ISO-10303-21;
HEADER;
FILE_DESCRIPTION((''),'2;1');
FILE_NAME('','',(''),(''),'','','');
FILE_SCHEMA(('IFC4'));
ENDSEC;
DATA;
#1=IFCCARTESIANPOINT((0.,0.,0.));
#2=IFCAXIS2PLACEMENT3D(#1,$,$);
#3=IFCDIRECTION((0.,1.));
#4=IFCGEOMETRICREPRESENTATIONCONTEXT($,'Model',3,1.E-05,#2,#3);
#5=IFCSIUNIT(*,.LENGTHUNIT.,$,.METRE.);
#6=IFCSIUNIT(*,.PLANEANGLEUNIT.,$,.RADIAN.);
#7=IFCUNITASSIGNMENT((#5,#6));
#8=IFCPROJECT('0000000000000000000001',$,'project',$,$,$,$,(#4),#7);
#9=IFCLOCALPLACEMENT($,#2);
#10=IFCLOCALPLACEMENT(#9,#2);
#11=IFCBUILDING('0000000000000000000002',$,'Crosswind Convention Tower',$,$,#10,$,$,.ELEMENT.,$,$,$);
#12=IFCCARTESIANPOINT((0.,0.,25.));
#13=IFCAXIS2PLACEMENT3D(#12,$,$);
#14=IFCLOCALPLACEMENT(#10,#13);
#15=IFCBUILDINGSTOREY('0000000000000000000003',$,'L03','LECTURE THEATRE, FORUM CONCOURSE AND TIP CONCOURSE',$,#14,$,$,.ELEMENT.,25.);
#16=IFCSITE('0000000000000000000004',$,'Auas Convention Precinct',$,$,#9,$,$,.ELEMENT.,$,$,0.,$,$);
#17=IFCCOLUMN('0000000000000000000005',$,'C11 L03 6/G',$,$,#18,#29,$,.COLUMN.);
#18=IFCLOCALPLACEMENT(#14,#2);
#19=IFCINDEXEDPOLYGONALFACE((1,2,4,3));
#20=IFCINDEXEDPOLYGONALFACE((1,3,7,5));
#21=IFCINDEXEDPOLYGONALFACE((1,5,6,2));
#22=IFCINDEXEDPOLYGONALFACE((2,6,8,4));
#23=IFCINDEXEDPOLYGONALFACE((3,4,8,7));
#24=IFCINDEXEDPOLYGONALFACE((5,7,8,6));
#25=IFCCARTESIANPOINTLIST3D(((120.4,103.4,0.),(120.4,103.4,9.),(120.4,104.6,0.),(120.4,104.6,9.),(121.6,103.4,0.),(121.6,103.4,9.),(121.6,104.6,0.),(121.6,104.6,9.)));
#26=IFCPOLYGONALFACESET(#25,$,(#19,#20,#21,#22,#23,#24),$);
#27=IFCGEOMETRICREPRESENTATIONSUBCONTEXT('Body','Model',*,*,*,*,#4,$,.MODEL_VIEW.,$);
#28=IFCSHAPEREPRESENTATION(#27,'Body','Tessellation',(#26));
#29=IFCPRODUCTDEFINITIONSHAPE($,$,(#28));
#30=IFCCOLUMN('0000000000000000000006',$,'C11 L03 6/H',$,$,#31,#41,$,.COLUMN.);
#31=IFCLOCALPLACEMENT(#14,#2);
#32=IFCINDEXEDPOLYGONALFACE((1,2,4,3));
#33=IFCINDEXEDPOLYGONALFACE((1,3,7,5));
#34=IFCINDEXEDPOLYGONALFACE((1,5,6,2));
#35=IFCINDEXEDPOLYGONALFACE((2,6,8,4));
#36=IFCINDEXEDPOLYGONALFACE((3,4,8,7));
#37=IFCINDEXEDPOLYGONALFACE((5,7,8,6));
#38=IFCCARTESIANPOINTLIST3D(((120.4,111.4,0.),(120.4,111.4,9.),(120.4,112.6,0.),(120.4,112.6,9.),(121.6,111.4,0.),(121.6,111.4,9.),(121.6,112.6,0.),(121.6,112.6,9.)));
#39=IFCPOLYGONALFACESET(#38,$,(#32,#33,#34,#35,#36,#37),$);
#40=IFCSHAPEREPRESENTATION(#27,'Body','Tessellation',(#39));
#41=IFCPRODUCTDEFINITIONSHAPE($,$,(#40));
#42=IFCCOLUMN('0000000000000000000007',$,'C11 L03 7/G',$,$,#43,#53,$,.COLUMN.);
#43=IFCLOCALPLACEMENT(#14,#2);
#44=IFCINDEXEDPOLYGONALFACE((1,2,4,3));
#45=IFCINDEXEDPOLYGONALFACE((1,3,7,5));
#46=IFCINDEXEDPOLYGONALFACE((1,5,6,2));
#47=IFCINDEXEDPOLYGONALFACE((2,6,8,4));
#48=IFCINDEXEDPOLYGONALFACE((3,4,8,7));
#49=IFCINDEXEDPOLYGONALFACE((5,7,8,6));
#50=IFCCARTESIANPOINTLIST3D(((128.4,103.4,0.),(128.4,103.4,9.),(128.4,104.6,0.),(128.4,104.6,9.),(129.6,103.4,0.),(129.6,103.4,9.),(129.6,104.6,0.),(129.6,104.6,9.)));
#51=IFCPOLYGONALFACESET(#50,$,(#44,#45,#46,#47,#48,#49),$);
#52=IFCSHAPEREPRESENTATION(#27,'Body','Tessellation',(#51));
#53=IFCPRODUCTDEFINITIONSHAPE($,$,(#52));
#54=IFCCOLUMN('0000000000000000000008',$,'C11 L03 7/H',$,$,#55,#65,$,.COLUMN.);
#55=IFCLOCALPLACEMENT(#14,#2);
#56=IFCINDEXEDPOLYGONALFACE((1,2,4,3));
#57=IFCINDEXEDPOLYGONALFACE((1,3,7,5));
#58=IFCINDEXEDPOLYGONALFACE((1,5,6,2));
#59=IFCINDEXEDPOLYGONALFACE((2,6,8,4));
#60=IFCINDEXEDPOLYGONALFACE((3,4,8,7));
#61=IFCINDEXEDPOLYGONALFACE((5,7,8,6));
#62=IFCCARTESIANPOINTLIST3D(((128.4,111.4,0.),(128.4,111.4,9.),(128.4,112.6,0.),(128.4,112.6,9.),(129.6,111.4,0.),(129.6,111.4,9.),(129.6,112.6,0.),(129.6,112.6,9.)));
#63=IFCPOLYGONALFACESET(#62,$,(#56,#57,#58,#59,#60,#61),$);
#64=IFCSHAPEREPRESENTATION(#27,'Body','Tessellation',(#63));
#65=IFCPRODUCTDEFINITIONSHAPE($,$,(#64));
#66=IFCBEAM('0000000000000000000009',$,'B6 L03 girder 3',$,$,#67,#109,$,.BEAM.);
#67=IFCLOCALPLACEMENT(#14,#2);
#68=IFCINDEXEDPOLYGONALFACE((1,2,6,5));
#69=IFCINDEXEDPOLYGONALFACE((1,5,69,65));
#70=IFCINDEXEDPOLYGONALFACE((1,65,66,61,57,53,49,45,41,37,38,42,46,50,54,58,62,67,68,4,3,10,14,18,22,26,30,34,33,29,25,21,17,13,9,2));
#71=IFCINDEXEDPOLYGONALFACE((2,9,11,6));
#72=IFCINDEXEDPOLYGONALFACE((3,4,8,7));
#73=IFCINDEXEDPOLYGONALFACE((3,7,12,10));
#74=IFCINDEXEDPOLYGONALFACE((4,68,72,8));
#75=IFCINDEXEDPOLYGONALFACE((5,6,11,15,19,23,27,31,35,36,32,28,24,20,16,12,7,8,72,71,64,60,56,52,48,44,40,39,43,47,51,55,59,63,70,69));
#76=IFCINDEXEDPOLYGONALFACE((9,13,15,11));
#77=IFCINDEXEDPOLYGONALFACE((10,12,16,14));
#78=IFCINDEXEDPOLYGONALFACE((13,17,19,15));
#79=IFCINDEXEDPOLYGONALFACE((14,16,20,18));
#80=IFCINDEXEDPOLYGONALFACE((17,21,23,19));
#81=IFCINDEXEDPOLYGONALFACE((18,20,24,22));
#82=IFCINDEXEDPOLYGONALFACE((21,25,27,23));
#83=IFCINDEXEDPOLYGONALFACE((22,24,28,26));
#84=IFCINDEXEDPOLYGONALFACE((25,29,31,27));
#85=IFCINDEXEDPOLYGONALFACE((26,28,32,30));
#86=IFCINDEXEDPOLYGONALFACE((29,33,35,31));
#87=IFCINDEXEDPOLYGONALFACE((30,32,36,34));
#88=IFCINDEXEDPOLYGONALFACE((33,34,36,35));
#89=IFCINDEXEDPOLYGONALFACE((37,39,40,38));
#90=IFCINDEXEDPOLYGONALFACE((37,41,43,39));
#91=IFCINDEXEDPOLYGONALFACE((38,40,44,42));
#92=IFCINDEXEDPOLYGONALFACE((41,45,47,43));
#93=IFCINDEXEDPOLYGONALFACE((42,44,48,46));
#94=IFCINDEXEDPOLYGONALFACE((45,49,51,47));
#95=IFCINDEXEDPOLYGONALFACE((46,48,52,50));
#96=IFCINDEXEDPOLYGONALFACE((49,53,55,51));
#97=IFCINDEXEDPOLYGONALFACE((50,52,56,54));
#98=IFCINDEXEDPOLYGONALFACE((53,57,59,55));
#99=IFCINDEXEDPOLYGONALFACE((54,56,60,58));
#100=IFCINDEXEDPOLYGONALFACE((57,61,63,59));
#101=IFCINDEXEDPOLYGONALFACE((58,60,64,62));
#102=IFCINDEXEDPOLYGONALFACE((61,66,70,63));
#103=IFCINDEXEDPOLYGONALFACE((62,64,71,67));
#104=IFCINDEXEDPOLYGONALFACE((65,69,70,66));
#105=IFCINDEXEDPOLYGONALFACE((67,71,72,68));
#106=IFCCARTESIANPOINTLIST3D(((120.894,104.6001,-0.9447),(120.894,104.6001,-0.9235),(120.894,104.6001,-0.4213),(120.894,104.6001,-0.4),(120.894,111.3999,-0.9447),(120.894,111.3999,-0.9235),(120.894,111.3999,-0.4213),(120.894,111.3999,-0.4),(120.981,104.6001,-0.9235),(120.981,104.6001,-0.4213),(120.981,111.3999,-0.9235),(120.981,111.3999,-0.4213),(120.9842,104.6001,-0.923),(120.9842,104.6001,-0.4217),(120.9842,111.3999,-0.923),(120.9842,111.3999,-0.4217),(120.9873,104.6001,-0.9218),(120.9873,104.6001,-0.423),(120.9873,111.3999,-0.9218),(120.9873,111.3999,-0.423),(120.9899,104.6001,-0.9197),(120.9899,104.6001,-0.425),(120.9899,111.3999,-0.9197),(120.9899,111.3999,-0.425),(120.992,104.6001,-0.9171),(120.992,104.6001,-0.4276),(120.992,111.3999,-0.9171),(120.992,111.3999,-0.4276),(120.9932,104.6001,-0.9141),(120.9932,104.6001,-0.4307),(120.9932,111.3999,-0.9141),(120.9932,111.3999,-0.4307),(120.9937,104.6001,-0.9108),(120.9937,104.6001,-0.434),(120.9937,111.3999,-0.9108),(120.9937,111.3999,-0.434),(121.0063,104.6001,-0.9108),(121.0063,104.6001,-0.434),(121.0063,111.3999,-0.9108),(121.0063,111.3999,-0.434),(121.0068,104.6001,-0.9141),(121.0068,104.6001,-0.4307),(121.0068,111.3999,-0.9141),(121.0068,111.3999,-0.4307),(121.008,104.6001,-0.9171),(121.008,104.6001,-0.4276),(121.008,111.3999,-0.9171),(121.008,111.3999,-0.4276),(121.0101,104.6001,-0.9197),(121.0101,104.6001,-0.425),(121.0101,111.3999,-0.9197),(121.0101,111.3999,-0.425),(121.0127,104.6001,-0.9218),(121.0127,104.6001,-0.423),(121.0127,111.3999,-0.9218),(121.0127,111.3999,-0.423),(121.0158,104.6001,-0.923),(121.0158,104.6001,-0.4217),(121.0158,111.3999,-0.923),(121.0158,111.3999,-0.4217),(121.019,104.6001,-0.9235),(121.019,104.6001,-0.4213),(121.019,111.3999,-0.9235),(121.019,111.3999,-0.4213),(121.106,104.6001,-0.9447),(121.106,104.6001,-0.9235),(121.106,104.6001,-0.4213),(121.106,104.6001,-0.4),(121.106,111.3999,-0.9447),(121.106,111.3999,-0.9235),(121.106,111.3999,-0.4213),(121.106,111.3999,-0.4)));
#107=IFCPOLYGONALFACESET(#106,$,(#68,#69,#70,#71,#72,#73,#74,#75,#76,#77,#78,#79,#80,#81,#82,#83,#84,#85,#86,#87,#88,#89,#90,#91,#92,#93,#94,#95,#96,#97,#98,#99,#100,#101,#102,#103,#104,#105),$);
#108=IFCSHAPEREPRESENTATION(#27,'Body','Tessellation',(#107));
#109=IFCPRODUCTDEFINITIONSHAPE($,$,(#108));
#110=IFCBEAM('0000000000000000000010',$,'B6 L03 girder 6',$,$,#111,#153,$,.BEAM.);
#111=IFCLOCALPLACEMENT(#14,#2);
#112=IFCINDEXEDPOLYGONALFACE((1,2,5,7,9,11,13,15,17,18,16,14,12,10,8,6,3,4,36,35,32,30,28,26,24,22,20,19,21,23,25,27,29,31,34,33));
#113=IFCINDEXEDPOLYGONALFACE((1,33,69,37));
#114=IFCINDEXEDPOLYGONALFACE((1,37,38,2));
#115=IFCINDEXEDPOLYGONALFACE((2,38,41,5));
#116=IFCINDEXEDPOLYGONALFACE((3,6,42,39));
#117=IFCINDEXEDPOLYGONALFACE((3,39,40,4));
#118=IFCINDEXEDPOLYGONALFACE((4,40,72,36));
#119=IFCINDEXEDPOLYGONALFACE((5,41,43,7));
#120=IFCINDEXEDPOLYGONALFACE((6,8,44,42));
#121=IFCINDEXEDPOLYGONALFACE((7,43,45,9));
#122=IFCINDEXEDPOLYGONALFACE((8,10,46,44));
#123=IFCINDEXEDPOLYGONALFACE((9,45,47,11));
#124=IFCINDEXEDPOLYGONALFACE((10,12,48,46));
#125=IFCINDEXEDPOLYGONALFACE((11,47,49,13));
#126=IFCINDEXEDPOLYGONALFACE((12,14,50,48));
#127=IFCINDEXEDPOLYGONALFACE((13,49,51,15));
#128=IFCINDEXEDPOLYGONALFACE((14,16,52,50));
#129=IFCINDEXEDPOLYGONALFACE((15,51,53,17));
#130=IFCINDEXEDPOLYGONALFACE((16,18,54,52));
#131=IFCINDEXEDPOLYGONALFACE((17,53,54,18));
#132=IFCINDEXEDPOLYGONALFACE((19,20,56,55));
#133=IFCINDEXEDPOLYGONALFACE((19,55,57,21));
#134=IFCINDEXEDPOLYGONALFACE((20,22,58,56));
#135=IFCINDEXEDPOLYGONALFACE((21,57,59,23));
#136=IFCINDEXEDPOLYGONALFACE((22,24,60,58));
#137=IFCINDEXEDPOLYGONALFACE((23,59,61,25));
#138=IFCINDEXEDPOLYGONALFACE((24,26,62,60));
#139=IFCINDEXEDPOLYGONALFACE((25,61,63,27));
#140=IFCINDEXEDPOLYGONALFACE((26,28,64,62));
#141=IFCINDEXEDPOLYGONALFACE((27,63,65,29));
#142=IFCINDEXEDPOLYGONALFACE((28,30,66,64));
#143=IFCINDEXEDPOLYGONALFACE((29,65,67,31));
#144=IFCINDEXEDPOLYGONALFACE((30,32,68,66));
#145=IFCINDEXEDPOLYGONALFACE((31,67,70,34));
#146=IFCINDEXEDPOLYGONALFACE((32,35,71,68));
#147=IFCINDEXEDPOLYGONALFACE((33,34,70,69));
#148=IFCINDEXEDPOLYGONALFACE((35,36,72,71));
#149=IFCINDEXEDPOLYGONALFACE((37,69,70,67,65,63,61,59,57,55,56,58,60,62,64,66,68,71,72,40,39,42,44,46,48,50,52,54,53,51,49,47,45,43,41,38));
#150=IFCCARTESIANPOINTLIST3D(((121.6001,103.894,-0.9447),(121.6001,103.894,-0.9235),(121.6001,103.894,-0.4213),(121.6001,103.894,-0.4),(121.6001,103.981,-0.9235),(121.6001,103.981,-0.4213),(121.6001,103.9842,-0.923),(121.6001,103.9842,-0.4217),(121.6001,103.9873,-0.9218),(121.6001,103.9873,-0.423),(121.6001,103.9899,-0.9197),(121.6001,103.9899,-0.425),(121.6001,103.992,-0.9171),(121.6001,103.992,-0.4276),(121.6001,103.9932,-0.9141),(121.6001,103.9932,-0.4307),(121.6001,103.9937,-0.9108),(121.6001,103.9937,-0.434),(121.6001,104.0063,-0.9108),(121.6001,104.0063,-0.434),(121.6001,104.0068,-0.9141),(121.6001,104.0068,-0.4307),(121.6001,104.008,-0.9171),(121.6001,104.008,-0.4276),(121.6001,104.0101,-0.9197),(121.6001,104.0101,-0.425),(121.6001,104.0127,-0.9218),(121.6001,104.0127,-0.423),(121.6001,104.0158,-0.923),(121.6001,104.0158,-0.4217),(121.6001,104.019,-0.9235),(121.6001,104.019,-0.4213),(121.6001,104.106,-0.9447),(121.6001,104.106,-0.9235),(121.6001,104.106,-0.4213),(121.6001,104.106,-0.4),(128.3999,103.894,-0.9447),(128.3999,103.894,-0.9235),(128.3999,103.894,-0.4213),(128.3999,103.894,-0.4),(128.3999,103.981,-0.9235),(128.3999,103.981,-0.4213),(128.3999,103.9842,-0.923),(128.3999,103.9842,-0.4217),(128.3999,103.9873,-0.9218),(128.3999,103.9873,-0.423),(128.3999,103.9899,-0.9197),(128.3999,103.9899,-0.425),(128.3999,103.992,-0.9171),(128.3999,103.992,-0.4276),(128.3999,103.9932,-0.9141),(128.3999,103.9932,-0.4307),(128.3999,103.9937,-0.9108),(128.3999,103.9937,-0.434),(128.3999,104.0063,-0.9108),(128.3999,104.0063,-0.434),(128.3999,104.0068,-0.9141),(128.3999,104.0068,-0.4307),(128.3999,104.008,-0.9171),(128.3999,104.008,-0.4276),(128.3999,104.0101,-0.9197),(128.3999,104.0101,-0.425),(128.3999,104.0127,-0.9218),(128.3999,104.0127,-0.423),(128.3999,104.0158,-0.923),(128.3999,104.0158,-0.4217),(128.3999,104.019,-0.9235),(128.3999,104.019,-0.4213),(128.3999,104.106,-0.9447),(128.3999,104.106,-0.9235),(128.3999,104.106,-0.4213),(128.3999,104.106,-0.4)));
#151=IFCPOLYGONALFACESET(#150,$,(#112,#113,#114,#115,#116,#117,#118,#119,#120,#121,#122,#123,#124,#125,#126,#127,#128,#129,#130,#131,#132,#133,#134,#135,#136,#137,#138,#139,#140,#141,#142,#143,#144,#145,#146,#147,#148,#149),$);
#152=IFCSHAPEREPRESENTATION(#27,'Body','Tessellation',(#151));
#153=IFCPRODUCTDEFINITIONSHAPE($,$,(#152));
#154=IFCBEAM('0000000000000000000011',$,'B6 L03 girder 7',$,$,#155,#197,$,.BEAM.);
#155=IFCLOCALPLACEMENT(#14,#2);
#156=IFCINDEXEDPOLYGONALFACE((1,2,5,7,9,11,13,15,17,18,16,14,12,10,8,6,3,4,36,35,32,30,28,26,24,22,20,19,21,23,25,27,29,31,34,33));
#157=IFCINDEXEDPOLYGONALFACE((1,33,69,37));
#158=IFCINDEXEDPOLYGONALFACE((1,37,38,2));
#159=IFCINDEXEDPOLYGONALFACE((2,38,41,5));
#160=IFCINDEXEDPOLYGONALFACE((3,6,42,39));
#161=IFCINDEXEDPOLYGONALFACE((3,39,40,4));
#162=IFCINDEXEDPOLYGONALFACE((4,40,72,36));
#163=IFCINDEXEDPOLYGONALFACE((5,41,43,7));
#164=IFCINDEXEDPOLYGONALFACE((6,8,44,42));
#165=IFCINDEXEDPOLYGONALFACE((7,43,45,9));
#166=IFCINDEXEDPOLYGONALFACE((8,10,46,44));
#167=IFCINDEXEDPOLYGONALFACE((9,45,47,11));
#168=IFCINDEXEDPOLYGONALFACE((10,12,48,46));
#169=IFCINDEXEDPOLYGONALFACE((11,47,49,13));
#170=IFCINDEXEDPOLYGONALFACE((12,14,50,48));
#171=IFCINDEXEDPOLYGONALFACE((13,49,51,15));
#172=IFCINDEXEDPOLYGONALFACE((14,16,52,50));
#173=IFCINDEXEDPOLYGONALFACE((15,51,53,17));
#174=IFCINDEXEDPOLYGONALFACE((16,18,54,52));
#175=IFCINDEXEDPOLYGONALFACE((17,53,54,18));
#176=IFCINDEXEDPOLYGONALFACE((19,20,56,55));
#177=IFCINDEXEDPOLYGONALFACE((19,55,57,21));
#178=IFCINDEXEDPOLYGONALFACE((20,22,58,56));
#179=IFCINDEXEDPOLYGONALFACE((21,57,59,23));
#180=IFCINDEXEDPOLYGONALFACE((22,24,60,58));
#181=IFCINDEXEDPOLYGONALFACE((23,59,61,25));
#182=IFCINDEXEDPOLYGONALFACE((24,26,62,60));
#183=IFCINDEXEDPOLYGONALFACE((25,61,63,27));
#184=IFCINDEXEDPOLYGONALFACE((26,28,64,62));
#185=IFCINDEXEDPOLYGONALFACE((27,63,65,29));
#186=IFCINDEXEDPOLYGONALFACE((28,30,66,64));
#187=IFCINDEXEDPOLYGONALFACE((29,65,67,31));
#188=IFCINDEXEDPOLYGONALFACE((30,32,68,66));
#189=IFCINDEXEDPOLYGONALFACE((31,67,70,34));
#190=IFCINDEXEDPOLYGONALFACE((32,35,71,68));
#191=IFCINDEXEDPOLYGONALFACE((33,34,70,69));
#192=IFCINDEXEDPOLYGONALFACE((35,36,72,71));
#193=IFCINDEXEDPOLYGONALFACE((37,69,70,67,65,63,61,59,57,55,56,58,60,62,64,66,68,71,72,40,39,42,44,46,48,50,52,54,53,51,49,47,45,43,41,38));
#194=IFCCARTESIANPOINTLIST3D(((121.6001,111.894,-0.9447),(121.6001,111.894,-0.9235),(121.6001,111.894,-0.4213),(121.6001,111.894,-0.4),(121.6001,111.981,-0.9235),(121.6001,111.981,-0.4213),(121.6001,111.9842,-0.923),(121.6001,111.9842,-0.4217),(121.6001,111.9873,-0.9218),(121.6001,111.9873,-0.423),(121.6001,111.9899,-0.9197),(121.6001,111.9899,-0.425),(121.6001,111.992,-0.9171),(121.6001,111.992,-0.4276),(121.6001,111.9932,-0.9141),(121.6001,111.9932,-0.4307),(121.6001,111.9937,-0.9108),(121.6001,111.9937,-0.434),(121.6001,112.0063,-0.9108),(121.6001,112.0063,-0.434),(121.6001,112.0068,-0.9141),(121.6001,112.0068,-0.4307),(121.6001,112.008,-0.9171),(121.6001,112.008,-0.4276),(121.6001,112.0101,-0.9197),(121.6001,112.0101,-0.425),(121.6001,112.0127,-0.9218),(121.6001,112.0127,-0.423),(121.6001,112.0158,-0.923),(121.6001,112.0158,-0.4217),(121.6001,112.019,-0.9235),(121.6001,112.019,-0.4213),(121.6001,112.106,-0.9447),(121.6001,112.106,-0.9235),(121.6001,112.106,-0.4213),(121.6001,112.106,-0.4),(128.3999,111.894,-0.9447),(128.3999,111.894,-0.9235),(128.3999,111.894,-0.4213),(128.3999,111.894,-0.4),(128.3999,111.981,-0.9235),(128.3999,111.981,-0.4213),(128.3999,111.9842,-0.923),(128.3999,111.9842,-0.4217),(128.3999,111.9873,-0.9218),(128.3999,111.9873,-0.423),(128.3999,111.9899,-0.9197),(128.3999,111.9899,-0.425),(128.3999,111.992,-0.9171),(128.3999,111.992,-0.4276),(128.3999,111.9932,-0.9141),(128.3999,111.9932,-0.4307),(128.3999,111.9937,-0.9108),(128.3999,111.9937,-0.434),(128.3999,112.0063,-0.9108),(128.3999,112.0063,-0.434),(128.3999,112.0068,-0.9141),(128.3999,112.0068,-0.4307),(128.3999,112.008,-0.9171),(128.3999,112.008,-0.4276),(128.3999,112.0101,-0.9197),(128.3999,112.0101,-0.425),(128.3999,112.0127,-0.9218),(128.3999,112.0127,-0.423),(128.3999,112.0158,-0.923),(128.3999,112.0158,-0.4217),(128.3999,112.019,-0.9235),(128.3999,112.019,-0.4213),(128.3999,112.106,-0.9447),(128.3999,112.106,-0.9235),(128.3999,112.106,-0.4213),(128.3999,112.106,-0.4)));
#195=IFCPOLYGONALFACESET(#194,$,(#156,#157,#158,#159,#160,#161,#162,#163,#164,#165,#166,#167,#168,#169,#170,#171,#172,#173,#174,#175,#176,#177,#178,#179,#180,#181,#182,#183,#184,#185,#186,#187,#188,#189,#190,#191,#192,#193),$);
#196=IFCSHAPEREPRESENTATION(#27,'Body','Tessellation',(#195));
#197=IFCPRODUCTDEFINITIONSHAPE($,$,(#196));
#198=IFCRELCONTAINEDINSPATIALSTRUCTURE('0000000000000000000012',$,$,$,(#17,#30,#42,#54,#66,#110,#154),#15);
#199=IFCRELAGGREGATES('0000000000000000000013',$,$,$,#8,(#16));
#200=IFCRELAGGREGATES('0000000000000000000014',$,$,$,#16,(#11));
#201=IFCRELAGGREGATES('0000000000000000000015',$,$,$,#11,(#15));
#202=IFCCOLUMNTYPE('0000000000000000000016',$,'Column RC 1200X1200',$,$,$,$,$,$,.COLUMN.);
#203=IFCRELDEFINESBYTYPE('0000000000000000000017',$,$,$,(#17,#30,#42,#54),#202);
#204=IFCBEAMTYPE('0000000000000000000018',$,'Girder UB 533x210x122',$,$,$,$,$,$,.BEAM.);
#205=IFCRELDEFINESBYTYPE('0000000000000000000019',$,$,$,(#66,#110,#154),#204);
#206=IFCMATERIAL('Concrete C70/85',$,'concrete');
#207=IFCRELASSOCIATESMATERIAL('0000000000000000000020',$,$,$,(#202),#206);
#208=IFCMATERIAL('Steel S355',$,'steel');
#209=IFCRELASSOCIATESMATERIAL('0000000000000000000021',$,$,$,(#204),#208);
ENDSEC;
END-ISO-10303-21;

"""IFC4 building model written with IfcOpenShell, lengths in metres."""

from ifc_helpers import new_model, si_unit, direction, frame, origin, origin_2d, place, context, subcontext, project, spatial, rectangle, i_section, extrude, material, material_profile, profile_set, type_object, element, save


model = new_model("IFC4")

# Units and contexts
model_context = context("Model", 3, precision=1e-05, world=origin(), true_north=direction((0.0, 1.0)))
body_context = subcontext(model_context, "Body", "Model", "MODEL_VIEW")
ifc_project = project(units=[si_unit("LENGTHUNIT", "METRE"), si_unit("PLANEANGLEUNIT", "RADIAN")], contexts=[model_context])

# Site, building, storey
site_placement = place(None, origin())
site = spatial("IfcSite", under=ifc_project, at=site_placement, Name="Auas Convention Precinct", CompositionType="ELEMENT", RefElevation=0.0)
building_placement = place(site_placement, origin())
building = spatial("IfcBuilding", under=site, at=building_placement, Name="Crosswind Convention Tower", CompositionType="ELEMENT")
storey_placement = place(building_placement, frame((0.0, 0.0, 25.0)))
storey = spatial("IfcBuildingStorey", under=building, at=storey_placement, Name="L03", Description="LECTURE THEATRE, FORUM CONCOURSE AND TIP CONCOURSE", CompositionType="ELEMENT", Elevation=25.0)

# Columns
ifc_material_1 = material(Name="Concrete C70/85", Category="concrete")
ifc_material_profile_1 = material_profile(ifc_material_1, rectangle(XDim=1.2, YDim=1.2, at=origin_2d()), Name="RC 1200X1200")
ifc_profile_set_1 = profile_set([ifc_material_profile_1], Name="Concrete C70/85")
column_type = type_object("IfcColumnType", Name="Column RC 1200X1200", PredefinedType="COLUMN", material=ifc_profile_set_1)
for number, where, z_axis, x_axis, name in (
    (1, (121.0, 104.0, 0.0), (0.0, 0.0, 1.0), (1.0, 0.0, 0.0), "C11 L03 6/G"),
    (2, (121.0, 112.0, 0.0), (0.0, 0.0, 1.0), (1.0, 0.0, 0.0), "C11 L03 6/H"),
    (3, (129.0, 104.0, 0.0), (0.0, 0.0, 1.0), (1.0, 0.0, 0.0), "C11 L03 7/G"),
    (4, (129.0, 112.0, 0.0), (0.0, 0.0, 1.0), (1.0, 0.0, 0.0), "C11 L03 7/H"),
):
    element("IfcColumn", number, at=place(storey_placement, frame(where, z_axis=z_axis, x_axis=x_axis)), inside=storey, type_object=column_type, Name=name, PredefinedType="COLUMN", context=body_context, shape_type="SweptSolid", body=[
        extrude(rectangle(XDim=1.2, YDim=1.2, at=origin_2d()), origin(), (0.0, 0.0, 1.0), 9.0),
    ])

# Beams
ifc_material_2 = material(Name="Steel S355", Category="steel")
ifc_material_profile_2 = material_profile(ifc_material_2, i_section(OverallWidth=0.2119, OverallDepth=0.5447, WebThickness=0.0127, FlangeThickness=0.0212, FilletRadius=0.0127, at=origin_2d()), Name="UB 533x210x122")
ifc_profile_set_2 = profile_set([ifc_material_profile_2], Name="Steel S355")
beam_type_1 = type_object("IfcBeamType", Name="Girder UB 533x210x122", PredefinedType="BEAM", material=ifc_profile_set_2)
for number, where, z_axis, x_axis, name in (
    (5, (121.0, 104.6001, -0.6724), (0.0, 1.0, 0.0), (-1.0, 0.0, 0.0), "B6 L03 girder 3"),
    (6, (121.6001, 104.0, -0.6724), (1.0, 0.0, 0.0), (0.0, 1.0, 0.0), "B6 L03 girder 6"),
    (7, (121.6001, 112.0, -0.6724), (1.0, 0.0, 0.0), (0.0, 1.0, 0.0), "B6 L03 girder 7"),
):
    element("IfcBeam", number, at=place(storey_placement, frame(where, z_axis=z_axis, x_axis=x_axis)), inside=storey, type_object=beam_type_1, Name=name, PredefinedType="BEAM", context=body_context, shape_type="SweptSolid", body=[
        extrude(i_section(OverallWidth=0.2119, OverallDepth=0.5447, WebThickness=0.0127, FlangeThickness=0.0212, FilletRadius=0.0127, at=origin_2d()), origin(), (0.0, 0.0, 1.0), 6.7998),
    ])

save(model, "model.ifc")
